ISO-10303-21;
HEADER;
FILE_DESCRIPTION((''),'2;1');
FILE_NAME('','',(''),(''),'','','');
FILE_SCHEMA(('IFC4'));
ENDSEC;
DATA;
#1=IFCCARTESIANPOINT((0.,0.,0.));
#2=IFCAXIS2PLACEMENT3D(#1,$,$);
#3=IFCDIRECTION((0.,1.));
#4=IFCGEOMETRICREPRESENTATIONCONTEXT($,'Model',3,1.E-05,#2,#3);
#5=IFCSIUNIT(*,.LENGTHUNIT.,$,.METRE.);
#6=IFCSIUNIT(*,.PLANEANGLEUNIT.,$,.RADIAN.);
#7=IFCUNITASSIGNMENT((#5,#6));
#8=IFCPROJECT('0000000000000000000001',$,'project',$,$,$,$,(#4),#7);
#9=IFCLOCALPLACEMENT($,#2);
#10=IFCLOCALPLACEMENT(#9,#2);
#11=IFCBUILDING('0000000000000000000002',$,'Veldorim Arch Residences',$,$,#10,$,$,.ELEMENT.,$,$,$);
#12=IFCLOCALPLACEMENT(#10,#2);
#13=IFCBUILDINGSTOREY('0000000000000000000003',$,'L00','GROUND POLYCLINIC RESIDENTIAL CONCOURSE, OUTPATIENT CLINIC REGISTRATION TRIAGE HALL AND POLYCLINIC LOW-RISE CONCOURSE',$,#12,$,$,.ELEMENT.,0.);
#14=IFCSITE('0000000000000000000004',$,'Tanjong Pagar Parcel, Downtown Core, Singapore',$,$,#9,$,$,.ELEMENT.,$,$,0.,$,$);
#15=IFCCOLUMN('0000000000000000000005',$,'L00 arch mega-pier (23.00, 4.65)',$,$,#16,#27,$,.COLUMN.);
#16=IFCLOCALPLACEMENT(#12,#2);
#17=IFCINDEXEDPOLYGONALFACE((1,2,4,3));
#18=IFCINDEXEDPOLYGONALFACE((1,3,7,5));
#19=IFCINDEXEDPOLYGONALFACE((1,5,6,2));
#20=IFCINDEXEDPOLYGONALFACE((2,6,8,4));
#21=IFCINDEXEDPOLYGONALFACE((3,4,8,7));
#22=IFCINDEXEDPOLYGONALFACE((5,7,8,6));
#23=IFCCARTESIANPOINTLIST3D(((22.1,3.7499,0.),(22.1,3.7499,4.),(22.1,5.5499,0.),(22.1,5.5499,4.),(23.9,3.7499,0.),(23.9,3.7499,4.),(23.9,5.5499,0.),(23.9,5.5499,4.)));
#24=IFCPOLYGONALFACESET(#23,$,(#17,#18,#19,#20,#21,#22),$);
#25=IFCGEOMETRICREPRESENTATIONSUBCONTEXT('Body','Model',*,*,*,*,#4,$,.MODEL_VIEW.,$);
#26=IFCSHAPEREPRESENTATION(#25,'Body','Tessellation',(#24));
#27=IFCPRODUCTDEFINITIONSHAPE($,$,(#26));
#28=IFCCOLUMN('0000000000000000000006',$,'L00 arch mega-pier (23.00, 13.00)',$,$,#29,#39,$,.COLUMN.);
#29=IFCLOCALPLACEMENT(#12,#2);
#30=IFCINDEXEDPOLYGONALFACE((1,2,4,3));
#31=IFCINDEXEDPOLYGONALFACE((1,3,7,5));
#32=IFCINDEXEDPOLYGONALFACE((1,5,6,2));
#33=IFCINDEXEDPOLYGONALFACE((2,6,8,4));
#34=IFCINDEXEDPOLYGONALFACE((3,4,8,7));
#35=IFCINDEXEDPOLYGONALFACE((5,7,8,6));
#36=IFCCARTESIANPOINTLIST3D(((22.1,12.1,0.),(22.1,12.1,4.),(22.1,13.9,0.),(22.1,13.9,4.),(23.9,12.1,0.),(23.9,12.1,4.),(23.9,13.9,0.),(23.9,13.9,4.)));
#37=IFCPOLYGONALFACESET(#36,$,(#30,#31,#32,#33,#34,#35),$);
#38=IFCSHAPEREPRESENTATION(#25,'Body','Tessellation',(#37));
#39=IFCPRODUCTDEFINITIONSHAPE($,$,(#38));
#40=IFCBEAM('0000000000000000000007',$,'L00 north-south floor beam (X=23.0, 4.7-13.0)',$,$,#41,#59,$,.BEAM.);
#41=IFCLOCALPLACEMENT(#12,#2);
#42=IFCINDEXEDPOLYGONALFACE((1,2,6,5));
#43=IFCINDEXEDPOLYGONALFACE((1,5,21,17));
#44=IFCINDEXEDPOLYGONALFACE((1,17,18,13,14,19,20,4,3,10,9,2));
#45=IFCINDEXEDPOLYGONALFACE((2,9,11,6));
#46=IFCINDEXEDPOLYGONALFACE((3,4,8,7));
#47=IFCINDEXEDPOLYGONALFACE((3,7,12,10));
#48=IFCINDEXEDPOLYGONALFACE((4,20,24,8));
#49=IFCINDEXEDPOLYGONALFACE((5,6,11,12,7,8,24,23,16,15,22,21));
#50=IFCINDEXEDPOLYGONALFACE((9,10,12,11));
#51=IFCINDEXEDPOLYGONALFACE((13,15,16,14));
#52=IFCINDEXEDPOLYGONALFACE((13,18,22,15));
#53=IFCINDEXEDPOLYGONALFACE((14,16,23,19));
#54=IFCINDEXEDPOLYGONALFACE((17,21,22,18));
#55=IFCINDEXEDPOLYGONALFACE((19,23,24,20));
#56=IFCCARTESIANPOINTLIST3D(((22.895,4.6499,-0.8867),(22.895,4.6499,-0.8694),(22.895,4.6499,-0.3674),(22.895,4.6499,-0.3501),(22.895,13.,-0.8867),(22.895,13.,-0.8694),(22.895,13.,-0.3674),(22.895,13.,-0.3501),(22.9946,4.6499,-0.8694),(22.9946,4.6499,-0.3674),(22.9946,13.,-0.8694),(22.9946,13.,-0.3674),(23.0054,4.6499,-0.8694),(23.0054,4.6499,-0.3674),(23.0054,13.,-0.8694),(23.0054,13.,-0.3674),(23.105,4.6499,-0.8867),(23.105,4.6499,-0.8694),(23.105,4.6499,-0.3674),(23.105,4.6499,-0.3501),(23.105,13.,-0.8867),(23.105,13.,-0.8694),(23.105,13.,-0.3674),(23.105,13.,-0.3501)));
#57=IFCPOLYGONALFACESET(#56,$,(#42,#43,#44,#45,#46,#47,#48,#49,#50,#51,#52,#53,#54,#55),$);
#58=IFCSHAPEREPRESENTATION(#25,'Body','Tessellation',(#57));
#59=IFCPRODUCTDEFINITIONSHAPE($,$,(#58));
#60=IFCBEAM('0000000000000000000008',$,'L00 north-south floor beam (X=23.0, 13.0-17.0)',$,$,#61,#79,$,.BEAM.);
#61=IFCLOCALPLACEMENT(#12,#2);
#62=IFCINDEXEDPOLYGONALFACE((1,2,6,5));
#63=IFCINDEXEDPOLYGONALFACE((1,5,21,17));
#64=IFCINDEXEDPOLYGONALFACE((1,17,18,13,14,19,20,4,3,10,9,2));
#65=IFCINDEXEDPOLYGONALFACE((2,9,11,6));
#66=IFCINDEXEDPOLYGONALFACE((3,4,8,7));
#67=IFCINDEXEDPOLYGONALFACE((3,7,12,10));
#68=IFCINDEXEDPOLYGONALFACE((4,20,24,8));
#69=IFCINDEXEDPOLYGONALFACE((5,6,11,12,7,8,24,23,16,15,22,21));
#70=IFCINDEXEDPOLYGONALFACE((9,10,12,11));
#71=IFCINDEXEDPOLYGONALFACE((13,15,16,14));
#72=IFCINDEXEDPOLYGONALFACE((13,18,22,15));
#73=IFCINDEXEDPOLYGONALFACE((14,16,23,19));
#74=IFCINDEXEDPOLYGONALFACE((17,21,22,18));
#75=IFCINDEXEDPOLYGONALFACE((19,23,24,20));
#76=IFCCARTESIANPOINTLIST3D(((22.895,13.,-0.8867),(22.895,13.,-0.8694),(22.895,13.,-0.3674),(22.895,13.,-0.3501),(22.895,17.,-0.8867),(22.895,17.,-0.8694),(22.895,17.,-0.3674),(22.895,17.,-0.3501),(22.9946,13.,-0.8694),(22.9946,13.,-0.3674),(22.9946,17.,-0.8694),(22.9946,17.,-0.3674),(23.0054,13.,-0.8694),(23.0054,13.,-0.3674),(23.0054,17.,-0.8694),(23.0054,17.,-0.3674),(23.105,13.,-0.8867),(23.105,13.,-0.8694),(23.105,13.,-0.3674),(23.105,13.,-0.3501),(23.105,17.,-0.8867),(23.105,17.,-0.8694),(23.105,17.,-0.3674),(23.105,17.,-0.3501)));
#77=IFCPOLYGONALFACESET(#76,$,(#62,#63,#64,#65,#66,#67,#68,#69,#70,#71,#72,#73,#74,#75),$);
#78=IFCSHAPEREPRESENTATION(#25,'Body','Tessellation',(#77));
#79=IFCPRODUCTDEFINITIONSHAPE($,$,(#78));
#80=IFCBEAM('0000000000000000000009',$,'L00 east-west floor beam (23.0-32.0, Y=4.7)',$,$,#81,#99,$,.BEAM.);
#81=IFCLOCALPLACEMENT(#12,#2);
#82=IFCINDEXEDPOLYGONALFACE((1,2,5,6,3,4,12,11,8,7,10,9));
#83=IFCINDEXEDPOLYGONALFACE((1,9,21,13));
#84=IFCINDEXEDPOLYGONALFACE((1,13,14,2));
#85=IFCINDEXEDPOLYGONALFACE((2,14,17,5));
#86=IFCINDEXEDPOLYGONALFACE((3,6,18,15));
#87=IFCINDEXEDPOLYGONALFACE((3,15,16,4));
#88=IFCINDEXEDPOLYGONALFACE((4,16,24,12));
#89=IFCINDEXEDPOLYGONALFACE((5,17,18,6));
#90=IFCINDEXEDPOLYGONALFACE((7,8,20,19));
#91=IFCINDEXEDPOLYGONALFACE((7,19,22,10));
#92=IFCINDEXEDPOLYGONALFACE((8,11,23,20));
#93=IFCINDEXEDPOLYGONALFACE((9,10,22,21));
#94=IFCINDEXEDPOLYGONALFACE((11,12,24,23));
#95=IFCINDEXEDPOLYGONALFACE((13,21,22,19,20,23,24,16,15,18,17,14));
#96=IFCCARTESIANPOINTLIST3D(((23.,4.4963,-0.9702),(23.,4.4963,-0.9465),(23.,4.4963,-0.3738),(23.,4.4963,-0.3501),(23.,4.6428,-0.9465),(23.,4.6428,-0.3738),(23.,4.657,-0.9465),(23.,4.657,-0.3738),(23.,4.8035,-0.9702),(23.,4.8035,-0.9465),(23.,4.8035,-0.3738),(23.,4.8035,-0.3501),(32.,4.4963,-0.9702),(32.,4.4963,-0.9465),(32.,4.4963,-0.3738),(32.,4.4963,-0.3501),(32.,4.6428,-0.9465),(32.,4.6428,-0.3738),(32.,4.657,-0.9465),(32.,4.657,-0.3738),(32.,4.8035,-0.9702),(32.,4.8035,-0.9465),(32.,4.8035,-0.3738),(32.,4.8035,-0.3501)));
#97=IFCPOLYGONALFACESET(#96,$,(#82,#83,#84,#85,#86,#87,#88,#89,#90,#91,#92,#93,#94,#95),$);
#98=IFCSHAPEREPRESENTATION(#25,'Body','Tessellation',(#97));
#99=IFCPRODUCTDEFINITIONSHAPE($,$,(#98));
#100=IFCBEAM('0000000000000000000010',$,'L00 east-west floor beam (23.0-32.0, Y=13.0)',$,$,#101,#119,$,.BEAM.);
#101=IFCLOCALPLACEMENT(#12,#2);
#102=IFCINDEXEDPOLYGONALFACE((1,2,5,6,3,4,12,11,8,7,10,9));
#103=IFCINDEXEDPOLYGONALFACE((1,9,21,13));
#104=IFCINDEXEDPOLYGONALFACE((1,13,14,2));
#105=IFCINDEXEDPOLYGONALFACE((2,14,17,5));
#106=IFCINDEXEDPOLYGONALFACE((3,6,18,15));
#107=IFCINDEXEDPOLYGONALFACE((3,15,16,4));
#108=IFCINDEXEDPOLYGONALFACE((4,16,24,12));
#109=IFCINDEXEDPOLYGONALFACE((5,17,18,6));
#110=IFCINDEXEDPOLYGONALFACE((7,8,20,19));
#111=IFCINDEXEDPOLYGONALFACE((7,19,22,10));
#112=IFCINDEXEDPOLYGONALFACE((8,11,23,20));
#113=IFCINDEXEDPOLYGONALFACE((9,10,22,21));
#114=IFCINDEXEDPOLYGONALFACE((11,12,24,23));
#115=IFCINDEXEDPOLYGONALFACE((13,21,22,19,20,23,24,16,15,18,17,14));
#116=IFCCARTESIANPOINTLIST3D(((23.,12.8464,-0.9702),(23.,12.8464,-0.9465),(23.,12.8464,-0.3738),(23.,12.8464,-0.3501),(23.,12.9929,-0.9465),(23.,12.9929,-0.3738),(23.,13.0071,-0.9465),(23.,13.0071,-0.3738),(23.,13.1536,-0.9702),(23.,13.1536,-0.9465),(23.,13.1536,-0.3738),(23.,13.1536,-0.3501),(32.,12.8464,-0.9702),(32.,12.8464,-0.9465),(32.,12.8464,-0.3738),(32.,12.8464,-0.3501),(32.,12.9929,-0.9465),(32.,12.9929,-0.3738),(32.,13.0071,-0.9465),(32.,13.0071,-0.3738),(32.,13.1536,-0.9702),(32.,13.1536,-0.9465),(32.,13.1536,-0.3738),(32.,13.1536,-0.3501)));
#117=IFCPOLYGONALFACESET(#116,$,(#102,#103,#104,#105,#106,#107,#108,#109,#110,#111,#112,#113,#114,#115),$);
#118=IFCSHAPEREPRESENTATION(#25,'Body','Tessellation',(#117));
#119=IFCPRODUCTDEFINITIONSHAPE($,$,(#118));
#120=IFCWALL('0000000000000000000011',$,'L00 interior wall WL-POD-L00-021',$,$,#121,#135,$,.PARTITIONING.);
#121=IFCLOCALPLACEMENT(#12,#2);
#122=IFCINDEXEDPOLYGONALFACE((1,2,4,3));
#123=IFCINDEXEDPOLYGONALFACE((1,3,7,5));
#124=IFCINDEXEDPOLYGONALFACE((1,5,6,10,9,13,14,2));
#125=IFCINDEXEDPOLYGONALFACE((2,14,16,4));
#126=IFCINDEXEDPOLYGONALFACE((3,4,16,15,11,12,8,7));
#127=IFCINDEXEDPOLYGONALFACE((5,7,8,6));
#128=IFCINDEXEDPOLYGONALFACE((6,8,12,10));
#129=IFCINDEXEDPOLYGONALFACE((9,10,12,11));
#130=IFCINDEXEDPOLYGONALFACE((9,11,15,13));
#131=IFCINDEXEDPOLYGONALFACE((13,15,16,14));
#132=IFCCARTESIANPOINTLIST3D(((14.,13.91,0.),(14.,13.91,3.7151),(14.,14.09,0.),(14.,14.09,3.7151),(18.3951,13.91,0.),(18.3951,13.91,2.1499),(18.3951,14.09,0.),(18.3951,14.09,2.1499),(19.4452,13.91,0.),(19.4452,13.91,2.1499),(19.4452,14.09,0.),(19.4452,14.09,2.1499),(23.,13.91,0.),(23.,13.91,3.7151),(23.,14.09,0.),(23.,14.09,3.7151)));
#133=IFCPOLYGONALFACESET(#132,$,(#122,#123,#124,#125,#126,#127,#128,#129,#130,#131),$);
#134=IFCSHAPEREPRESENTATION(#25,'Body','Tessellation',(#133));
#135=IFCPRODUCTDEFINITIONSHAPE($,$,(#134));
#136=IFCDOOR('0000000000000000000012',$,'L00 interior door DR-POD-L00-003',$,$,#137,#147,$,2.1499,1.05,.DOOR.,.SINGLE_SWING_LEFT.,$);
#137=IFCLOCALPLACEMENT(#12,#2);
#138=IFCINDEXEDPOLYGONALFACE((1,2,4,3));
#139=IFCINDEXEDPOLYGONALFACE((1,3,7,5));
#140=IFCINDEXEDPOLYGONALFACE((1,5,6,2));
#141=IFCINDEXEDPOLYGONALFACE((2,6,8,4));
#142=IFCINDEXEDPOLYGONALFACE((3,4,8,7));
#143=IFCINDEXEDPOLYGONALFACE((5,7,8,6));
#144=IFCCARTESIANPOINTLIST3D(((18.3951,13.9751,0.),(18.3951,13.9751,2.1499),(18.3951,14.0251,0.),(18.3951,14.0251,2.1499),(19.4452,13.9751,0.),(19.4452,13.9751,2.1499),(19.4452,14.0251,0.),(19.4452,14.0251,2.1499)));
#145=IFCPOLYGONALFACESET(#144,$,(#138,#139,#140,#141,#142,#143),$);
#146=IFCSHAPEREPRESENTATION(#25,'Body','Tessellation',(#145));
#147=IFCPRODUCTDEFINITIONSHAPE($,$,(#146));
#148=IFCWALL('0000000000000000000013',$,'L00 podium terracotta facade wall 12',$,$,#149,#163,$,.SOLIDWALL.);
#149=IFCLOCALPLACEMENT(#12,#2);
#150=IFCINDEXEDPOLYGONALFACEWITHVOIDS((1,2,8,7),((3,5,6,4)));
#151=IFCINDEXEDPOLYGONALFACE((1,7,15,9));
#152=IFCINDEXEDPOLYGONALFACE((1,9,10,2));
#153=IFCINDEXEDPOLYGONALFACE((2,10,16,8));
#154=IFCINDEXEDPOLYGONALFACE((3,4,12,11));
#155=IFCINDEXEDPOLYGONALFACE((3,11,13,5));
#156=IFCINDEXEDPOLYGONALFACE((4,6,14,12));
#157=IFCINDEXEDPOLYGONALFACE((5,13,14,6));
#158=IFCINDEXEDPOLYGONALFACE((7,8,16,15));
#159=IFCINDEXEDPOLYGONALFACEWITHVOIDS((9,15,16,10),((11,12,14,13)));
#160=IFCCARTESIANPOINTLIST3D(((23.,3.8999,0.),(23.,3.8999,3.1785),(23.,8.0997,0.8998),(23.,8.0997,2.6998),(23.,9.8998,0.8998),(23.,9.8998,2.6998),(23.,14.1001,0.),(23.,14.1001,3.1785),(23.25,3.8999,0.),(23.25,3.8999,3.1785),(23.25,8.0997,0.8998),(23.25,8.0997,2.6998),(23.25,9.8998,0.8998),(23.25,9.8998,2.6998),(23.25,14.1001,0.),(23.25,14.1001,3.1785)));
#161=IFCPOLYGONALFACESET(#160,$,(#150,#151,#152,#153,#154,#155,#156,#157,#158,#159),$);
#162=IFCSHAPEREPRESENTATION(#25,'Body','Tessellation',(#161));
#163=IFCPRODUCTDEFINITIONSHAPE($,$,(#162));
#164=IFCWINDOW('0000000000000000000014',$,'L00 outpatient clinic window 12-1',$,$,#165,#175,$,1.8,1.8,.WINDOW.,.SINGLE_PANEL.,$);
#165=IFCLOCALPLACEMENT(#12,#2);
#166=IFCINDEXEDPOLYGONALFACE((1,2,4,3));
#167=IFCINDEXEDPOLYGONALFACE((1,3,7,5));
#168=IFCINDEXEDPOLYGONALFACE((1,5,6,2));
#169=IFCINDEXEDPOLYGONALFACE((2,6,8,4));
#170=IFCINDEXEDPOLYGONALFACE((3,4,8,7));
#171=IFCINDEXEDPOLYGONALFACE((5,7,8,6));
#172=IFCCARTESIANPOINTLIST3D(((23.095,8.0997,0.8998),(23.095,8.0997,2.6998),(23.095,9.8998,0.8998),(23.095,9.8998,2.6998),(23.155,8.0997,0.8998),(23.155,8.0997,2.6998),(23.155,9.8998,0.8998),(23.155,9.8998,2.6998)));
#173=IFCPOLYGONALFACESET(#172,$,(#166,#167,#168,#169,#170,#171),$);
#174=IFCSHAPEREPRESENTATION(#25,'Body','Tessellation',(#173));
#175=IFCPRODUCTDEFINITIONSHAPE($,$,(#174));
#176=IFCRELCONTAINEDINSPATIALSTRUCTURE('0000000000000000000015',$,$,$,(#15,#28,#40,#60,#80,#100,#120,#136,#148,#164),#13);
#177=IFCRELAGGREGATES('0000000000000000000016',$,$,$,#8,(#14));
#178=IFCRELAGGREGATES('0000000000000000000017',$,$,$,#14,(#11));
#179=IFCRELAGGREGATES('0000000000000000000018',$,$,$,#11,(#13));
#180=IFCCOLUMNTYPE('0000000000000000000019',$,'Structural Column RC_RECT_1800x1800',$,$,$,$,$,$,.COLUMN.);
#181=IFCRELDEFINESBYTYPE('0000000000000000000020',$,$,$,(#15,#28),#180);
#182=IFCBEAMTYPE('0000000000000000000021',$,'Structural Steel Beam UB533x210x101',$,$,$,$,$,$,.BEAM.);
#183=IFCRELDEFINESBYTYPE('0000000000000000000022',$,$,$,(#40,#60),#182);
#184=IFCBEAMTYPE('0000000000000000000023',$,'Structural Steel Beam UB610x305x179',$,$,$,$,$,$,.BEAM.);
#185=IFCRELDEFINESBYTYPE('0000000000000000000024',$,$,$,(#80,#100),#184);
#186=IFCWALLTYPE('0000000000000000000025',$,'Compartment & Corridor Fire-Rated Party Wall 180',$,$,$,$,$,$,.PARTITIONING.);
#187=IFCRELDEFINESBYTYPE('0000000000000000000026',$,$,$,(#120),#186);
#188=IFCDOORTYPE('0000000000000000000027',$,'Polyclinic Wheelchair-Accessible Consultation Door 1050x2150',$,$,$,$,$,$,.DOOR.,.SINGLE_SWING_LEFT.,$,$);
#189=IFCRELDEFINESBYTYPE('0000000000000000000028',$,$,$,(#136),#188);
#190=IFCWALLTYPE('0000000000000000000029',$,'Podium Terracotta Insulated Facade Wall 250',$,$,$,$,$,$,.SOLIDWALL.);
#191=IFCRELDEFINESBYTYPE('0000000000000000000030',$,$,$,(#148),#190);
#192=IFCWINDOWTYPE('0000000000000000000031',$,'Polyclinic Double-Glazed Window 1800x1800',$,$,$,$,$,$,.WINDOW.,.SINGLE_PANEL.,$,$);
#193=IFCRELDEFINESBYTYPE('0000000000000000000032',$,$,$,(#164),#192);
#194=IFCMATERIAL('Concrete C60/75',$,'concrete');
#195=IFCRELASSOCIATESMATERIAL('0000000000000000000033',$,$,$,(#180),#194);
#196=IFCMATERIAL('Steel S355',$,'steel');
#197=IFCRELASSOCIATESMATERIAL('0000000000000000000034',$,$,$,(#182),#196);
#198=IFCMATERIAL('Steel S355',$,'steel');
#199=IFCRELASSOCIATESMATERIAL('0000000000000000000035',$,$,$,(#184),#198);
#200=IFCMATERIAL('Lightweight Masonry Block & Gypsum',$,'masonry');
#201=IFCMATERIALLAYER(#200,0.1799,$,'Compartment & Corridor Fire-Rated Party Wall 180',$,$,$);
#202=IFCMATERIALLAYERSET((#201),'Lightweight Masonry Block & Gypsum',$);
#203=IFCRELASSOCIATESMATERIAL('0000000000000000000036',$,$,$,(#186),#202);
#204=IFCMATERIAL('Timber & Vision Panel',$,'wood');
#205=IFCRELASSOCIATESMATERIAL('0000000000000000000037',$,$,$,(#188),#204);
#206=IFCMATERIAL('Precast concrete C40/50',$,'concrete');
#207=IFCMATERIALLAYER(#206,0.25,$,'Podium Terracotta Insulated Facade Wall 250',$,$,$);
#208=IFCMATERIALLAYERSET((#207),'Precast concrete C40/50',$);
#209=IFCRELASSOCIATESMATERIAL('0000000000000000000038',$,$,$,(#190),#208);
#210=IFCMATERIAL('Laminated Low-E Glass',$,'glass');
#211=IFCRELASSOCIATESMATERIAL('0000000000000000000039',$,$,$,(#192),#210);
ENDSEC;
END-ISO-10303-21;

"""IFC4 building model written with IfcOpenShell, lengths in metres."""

from ifc_helpers import new_model, si_unit, direction, frame, frame_2d, origin, origin_2d, place, context, subcontext, project, spatial, rectangle, i_section, extrude, material, layer, layer_set, material_profile, profile_set, type_object, element, fill, save


model = new_model("IFC4")

# Units and contexts
model_context = context("Model", 3, precision=1e-05, world=origin(), true_north=direction((0.0, 1.0)))
body_context = subcontext(model_context, "Body", "Model", "MODEL_VIEW")
ifc_project = project(units=[si_unit("LENGTHUNIT", "METRE"), si_unit("PLANEANGLEUNIT", "RADIAN")], contexts=[model_context])

# Site, building, storey
site_placement = place(None, origin())
site = spatial("IfcSite", under=ifc_project, at=site_placement, Name="Tanjong Pagar Parcel, Downtown Core, Singapore", CompositionType="ELEMENT", RefElevation=0.0)
building_placement = place(site_placement, origin())
building = spatial("IfcBuilding", under=site, at=building_placement, Name="Veldorim Arch Residences", CompositionType="ELEMENT")
storey_placement = place(building_placement, origin())
storey = spatial("IfcBuildingStorey", under=building, at=storey_placement, Name="L00", Description="GROUND POLYCLINIC RESIDENTIAL CONCOURSE, OUTPATIENT CLINIC REGISTRATION TRIAGE HALL AND POLYCLINIC LOW-RISE CONCOURSE", CompositionType="ELEMENT", Elevation=0.0)

# Columns
ifc_material_1 = material(Name="Concrete C60/75", Category="concrete")
ifc_material_profile_1 = material_profile(ifc_material_1, rectangle(XDim=1.8, YDim=1.8, at=origin_2d()), Name="RC_RECT_1800x1800")
ifc_profile_set_1 = profile_set([ifc_material_profile_1], Name="Concrete C60/75")
column_type = type_object("IfcColumnType", Name="Structural Column RC_RECT_1800x1800", PredefinedType="COLUMN", material=ifc_profile_set_1)
for number, where, z_axis, x_axis, name in (
    (1, (23.0, 4.6499, 0.0), (0.0, 0.0, 1.0), (1.0, 0.0, 0.0), "L00 arch mega-pier (23.00, 4.65)"),
    (2, (23.0, 13.0, 0.0), (0.0, 0.0, 1.0), (1.0, 0.0, 0.0), "L00 arch mega-pier (23.00, 13.00)"),
):
    element("IfcColumn", number, at=place(storey_placement, frame(where, z_axis=z_axis, x_axis=x_axis)), inside=storey, type_object=column_type, Name=name, PredefinedType="COLUMN", context=body_context, shape_type="SweptSolid", body=[
        extrude(rectangle(XDim=1.8, YDim=1.8, at=origin_2d()), origin(), (0.0, 0.0, 1.0), 4.0),
    ])

# Beams
ifc_material_2 = material(Name="Steel S355", Category="steel")
ifc_material_profile_2 = material_profile(ifc_material_2, i_section(OverallWidth=0.21, OverallDepth=0.5366, WebThickness=0.0107, FlangeThickness=0.0173, at=origin_2d()), Name="UB533x210x101")
ifc_profile_set_2 = profile_set([ifc_material_profile_2], Name="Steel S355")
beam_type_1 = type_object("IfcBeamType", Name="Structural Steel Beam UB533x210x101", PredefinedType="BEAM", material=ifc_profile_set_2)
beam_1_placement = place(storey_placement, frame((23.0, 4.6499, -0.6184), z_axis=(0.0, 1.0, 0.0), x_axis=(-1.0, 0.0, 0.0)))
element("IfcBeam", 3, at=beam_1_placement, inside=storey, type_object=beam_type_1, Name="L00 north-south floor beam (X=23.0, 4.7-13.0)", PredefinedType="BEAM", context=body_context, shape_type="SweptSolid", body=[
    extrude(i_section(OverallWidth=0.21, OverallDepth=0.5366, WebThickness=0.0107, FlangeThickness=0.0173, at=origin_2d()), origin(), (0.0, 0.0, 1.0), 8.3501),
])
beam_2_placement = place(storey_placement, frame((23.0, 13.0, -0.6184), z_axis=(0.0, 1.0, 0.0), x_axis=(-1.0, 0.0, 0.0)))
element("IfcBeam", 4, at=beam_2_placement, inside=storey, type_object=beam_type_1, Name="L00 north-south floor beam (X=23.0, 13.0-17.0)", PredefinedType="BEAM", context=body_context, shape_type="SweptSolid", body=[
    extrude(i_section(OverallWidth=0.21, OverallDepth=0.5366, WebThickness=0.0107, FlangeThickness=0.0173, at=origin_2d()), origin(), (0.0, 0.0, 1.0), 4.0),
])
ifc_material_3 = material(Name="Steel S355", Category="steel")
ifc_material_profile_3 = material_profile(ifc_material_3, i_section(OverallWidth=0.3071, OverallDepth=0.6201, WebThickness=0.0142, FlangeThickness=0.0237, at=origin_2d()), Name="UB610x305x179")
ifc_profile_set_3 = profile_set([ifc_material_profile_3], Name="Steel S355")
beam_type_2 = type_object("IfcBeamType", Name="Structural Steel Beam UB610x305x179", PredefinedType="BEAM", material=ifc_profile_set_3)
for number, where, z_axis, x_axis, name in (
    (5, (23.0, 4.6499, -0.6602), (1.0, 0.0, 0.0), (0.0, 1.0, 0.0), "L00 east-west floor beam (23.0-32.0, Y=4.7)"),
    (6, (23.0, 13.0, -0.6602), (1.0, 0.0, 0.0), (0.0, 1.0, 0.0), "L00 east-west floor beam (23.0-32.0, Y=13.0)"),
):
    element("IfcBeam", number, at=place(storey_placement, frame(where, z_axis=z_axis, x_axis=x_axis)), inside=storey, type_object=beam_type_2, Name=name, PredefinedType="BEAM", context=body_context, shape_type="SweptSolid", body=[
        extrude(i_section(OverallWidth=0.3071, OverallDepth=0.6201, WebThickness=0.0142, FlangeThickness=0.0237, at=origin_2d()), origin(), (0.0, 0.0, 1.0), 9.0),
    ])

# Wall, opening, door
ifc_material_4 = material(Name="Lightweight Masonry Block & Gypsum", Category="masonry")
ifc_layer_1 = layer(ifc_material_4, 0.1799, Name="Compartment & Corridor Fire-Rated Party Wall 180")
ifc_layer_set_1 = layer_set([ifc_layer_1], Name="Lightweight Masonry Block & Gypsum")
wall_type_1 = type_object("IfcWallType", Name="Compartment & Corridor Fire-Rated Party Wall 180", PredefinedType="PARTITIONING", material=ifc_layer_set_1)
wall_1_placement = place(storey_placement, frame((23.0, 14.0, 0.0), z_axis=(0.0, 0.0, 1.0), x_axis=(-1.0, 0.0, 0.0)))
wall_1 = element("IfcWall", 7, at=wall_1_placement, inside=storey, type_object=wall_type_1, Name="L00 interior wall WL-POD-L00-021", PredefinedType="PARTITIONING", context=body_context, shape_type="SweptSolid", body=[
    extrude(rectangle(XDim=9.0, YDim=0.1799, at=frame_2d((4.5, 0.0))), origin(), (0.0, 0.0, 1.0), 3.7151),
])
opening_1_placement = place(wall_1_placement, frame((3.5549, 0.0, 0.0)))
opening_1 = element("IfcOpeningElement", 8, at=opening_1_placement, cuts=wall_1, PredefinedType="OPENING", context=body_context, shape_type="SweptSolid", body=[
    extrude(rectangle(XDim=1.05, YDim=2.1499, at=frame_2d((0.5249, 1.075))), frame((0.0, 0.0999, 0.0), z_axis=(0.0, -1.0, 0.0), x_axis=(1.0, 0.0, 0.0)), (0.0, 0.0, 1.0), 0.2),
])
ifc_material_5 = material(Name="Timber & Vision Panel", Category="wood")
door_type = type_object("IfcDoorType", Name="Polyclinic Wheelchair-Accessible Consultation Door 1050x2150", OperationType="SINGLE_SWING_LEFT", PredefinedType="DOOR", material=ifc_material_5)
door_placement = place(opening_1_placement, origin())
door = element("IfcDoor", 9, at=door_placement, inside=storey, type_object=door_type, Name="L00 interior door DR-POD-L00-003", OperationType="SINGLE_SWING_LEFT", OverallHeight=2.1499, OverallWidth=1.05, PredefinedType="DOOR", context=body_context, shape_type="SweptSolid", body=[
    extrude(rectangle(XDim=1.05, YDim=2.1499, at=frame_2d((0.5249, 1.075))), frame((0.0, 0.0249, 0.0), z_axis=(0.0, -1.0, 0.0), x_axis=(1.0, 0.0, 0.0)), (0.0, 0.0, 1.0), 0.05),
])
fill(opening_1, door)

# Wall, opening, window
ifc_material_6 = material(Name="Precast concrete C40/50", Category="concrete")
ifc_layer_2 = layer(ifc_material_6, 0.25, Name="Podium Terracotta Insulated Facade Wall 250")
ifc_layer_set_2 = layer_set([ifc_layer_2], Name="Precast concrete C40/50")
wall_type_2 = type_object("IfcWallType", Name="Podium Terracotta Insulated Facade Wall 250", PredefinedType="SOLIDWALL", material=ifc_layer_set_2)
wall_2_placement = place(storey_placement, frame((23.125, 3.8999, 0.0), z_axis=(0.0, 0.0, 1.0), x_axis=(0.0, 1.0, 0.0)))
wall_2 = element("IfcWall", 10, at=wall_2_placement, inside=storey, type_object=wall_type_2, Name="L00 podium terracotta facade wall 12", PredefinedType="SOLIDWALL", context=body_context, shape_type="SweptSolid", body=[
    extrude(rectangle(XDim=10.2002, YDim=0.25, at=frame_2d((5.1001, 0.0))), origin(), (0.0, 0.0, 1.0), 3.1785),
])
opening_2_placement = place(wall_2_placement, frame((4.2, 0.0, 0.8999)))
opening_2 = element("IfcOpeningElement", 11, at=opening_2_placement, cuts=wall_2, PredefinedType="OPENING", context=body_context, shape_type="SweptSolid", body=[
    extrude(rectangle(XDim=1.8, YDim=1.8, at=frame_2d((0.8999, 0.8999))), frame((0.0, 0.135, 0.0), z_axis=(0.0, -1.0, 0.0), x_axis=(1.0, 0.0, 0.0)), (0.0, 0.0, 1.0), 0.27),
])
ifc_material_7 = material(Name="Laminated Low-E Glass", Category="glass")
window_type = type_object("IfcWindowType", Name="Polyclinic Double-Glazed Window 1800x1800", PartitioningType="SINGLE_PANEL", PredefinedType="WINDOW", material=ifc_material_7)
window_1_placement = place(opening_2_placement, origin())
window_1 = element("IfcWindow", 12, at=window_1_placement, inside=storey, type_object=window_type, Name="L00 outpatient clinic window 12-1", OverallHeight=1.8, OverallWidth=1.8, PartitioningType="SINGLE_PANEL", PredefinedType="WINDOW", context=body_context, shape_type="SweptSolid", body=[
    extrude(rectangle(XDim=1.8, YDim=1.8, at=frame_2d((0.8999, 0.8999))), frame((0.0, 0.03, 0.0), z_axis=(0.0, -1.0, 0.0), x_axis=(1.0, 0.0, 0.0)), (0.0, 0.0, 1.0), 0.0601),
])
fill(opening_2, window_1)

save(model, "model.ifc")
